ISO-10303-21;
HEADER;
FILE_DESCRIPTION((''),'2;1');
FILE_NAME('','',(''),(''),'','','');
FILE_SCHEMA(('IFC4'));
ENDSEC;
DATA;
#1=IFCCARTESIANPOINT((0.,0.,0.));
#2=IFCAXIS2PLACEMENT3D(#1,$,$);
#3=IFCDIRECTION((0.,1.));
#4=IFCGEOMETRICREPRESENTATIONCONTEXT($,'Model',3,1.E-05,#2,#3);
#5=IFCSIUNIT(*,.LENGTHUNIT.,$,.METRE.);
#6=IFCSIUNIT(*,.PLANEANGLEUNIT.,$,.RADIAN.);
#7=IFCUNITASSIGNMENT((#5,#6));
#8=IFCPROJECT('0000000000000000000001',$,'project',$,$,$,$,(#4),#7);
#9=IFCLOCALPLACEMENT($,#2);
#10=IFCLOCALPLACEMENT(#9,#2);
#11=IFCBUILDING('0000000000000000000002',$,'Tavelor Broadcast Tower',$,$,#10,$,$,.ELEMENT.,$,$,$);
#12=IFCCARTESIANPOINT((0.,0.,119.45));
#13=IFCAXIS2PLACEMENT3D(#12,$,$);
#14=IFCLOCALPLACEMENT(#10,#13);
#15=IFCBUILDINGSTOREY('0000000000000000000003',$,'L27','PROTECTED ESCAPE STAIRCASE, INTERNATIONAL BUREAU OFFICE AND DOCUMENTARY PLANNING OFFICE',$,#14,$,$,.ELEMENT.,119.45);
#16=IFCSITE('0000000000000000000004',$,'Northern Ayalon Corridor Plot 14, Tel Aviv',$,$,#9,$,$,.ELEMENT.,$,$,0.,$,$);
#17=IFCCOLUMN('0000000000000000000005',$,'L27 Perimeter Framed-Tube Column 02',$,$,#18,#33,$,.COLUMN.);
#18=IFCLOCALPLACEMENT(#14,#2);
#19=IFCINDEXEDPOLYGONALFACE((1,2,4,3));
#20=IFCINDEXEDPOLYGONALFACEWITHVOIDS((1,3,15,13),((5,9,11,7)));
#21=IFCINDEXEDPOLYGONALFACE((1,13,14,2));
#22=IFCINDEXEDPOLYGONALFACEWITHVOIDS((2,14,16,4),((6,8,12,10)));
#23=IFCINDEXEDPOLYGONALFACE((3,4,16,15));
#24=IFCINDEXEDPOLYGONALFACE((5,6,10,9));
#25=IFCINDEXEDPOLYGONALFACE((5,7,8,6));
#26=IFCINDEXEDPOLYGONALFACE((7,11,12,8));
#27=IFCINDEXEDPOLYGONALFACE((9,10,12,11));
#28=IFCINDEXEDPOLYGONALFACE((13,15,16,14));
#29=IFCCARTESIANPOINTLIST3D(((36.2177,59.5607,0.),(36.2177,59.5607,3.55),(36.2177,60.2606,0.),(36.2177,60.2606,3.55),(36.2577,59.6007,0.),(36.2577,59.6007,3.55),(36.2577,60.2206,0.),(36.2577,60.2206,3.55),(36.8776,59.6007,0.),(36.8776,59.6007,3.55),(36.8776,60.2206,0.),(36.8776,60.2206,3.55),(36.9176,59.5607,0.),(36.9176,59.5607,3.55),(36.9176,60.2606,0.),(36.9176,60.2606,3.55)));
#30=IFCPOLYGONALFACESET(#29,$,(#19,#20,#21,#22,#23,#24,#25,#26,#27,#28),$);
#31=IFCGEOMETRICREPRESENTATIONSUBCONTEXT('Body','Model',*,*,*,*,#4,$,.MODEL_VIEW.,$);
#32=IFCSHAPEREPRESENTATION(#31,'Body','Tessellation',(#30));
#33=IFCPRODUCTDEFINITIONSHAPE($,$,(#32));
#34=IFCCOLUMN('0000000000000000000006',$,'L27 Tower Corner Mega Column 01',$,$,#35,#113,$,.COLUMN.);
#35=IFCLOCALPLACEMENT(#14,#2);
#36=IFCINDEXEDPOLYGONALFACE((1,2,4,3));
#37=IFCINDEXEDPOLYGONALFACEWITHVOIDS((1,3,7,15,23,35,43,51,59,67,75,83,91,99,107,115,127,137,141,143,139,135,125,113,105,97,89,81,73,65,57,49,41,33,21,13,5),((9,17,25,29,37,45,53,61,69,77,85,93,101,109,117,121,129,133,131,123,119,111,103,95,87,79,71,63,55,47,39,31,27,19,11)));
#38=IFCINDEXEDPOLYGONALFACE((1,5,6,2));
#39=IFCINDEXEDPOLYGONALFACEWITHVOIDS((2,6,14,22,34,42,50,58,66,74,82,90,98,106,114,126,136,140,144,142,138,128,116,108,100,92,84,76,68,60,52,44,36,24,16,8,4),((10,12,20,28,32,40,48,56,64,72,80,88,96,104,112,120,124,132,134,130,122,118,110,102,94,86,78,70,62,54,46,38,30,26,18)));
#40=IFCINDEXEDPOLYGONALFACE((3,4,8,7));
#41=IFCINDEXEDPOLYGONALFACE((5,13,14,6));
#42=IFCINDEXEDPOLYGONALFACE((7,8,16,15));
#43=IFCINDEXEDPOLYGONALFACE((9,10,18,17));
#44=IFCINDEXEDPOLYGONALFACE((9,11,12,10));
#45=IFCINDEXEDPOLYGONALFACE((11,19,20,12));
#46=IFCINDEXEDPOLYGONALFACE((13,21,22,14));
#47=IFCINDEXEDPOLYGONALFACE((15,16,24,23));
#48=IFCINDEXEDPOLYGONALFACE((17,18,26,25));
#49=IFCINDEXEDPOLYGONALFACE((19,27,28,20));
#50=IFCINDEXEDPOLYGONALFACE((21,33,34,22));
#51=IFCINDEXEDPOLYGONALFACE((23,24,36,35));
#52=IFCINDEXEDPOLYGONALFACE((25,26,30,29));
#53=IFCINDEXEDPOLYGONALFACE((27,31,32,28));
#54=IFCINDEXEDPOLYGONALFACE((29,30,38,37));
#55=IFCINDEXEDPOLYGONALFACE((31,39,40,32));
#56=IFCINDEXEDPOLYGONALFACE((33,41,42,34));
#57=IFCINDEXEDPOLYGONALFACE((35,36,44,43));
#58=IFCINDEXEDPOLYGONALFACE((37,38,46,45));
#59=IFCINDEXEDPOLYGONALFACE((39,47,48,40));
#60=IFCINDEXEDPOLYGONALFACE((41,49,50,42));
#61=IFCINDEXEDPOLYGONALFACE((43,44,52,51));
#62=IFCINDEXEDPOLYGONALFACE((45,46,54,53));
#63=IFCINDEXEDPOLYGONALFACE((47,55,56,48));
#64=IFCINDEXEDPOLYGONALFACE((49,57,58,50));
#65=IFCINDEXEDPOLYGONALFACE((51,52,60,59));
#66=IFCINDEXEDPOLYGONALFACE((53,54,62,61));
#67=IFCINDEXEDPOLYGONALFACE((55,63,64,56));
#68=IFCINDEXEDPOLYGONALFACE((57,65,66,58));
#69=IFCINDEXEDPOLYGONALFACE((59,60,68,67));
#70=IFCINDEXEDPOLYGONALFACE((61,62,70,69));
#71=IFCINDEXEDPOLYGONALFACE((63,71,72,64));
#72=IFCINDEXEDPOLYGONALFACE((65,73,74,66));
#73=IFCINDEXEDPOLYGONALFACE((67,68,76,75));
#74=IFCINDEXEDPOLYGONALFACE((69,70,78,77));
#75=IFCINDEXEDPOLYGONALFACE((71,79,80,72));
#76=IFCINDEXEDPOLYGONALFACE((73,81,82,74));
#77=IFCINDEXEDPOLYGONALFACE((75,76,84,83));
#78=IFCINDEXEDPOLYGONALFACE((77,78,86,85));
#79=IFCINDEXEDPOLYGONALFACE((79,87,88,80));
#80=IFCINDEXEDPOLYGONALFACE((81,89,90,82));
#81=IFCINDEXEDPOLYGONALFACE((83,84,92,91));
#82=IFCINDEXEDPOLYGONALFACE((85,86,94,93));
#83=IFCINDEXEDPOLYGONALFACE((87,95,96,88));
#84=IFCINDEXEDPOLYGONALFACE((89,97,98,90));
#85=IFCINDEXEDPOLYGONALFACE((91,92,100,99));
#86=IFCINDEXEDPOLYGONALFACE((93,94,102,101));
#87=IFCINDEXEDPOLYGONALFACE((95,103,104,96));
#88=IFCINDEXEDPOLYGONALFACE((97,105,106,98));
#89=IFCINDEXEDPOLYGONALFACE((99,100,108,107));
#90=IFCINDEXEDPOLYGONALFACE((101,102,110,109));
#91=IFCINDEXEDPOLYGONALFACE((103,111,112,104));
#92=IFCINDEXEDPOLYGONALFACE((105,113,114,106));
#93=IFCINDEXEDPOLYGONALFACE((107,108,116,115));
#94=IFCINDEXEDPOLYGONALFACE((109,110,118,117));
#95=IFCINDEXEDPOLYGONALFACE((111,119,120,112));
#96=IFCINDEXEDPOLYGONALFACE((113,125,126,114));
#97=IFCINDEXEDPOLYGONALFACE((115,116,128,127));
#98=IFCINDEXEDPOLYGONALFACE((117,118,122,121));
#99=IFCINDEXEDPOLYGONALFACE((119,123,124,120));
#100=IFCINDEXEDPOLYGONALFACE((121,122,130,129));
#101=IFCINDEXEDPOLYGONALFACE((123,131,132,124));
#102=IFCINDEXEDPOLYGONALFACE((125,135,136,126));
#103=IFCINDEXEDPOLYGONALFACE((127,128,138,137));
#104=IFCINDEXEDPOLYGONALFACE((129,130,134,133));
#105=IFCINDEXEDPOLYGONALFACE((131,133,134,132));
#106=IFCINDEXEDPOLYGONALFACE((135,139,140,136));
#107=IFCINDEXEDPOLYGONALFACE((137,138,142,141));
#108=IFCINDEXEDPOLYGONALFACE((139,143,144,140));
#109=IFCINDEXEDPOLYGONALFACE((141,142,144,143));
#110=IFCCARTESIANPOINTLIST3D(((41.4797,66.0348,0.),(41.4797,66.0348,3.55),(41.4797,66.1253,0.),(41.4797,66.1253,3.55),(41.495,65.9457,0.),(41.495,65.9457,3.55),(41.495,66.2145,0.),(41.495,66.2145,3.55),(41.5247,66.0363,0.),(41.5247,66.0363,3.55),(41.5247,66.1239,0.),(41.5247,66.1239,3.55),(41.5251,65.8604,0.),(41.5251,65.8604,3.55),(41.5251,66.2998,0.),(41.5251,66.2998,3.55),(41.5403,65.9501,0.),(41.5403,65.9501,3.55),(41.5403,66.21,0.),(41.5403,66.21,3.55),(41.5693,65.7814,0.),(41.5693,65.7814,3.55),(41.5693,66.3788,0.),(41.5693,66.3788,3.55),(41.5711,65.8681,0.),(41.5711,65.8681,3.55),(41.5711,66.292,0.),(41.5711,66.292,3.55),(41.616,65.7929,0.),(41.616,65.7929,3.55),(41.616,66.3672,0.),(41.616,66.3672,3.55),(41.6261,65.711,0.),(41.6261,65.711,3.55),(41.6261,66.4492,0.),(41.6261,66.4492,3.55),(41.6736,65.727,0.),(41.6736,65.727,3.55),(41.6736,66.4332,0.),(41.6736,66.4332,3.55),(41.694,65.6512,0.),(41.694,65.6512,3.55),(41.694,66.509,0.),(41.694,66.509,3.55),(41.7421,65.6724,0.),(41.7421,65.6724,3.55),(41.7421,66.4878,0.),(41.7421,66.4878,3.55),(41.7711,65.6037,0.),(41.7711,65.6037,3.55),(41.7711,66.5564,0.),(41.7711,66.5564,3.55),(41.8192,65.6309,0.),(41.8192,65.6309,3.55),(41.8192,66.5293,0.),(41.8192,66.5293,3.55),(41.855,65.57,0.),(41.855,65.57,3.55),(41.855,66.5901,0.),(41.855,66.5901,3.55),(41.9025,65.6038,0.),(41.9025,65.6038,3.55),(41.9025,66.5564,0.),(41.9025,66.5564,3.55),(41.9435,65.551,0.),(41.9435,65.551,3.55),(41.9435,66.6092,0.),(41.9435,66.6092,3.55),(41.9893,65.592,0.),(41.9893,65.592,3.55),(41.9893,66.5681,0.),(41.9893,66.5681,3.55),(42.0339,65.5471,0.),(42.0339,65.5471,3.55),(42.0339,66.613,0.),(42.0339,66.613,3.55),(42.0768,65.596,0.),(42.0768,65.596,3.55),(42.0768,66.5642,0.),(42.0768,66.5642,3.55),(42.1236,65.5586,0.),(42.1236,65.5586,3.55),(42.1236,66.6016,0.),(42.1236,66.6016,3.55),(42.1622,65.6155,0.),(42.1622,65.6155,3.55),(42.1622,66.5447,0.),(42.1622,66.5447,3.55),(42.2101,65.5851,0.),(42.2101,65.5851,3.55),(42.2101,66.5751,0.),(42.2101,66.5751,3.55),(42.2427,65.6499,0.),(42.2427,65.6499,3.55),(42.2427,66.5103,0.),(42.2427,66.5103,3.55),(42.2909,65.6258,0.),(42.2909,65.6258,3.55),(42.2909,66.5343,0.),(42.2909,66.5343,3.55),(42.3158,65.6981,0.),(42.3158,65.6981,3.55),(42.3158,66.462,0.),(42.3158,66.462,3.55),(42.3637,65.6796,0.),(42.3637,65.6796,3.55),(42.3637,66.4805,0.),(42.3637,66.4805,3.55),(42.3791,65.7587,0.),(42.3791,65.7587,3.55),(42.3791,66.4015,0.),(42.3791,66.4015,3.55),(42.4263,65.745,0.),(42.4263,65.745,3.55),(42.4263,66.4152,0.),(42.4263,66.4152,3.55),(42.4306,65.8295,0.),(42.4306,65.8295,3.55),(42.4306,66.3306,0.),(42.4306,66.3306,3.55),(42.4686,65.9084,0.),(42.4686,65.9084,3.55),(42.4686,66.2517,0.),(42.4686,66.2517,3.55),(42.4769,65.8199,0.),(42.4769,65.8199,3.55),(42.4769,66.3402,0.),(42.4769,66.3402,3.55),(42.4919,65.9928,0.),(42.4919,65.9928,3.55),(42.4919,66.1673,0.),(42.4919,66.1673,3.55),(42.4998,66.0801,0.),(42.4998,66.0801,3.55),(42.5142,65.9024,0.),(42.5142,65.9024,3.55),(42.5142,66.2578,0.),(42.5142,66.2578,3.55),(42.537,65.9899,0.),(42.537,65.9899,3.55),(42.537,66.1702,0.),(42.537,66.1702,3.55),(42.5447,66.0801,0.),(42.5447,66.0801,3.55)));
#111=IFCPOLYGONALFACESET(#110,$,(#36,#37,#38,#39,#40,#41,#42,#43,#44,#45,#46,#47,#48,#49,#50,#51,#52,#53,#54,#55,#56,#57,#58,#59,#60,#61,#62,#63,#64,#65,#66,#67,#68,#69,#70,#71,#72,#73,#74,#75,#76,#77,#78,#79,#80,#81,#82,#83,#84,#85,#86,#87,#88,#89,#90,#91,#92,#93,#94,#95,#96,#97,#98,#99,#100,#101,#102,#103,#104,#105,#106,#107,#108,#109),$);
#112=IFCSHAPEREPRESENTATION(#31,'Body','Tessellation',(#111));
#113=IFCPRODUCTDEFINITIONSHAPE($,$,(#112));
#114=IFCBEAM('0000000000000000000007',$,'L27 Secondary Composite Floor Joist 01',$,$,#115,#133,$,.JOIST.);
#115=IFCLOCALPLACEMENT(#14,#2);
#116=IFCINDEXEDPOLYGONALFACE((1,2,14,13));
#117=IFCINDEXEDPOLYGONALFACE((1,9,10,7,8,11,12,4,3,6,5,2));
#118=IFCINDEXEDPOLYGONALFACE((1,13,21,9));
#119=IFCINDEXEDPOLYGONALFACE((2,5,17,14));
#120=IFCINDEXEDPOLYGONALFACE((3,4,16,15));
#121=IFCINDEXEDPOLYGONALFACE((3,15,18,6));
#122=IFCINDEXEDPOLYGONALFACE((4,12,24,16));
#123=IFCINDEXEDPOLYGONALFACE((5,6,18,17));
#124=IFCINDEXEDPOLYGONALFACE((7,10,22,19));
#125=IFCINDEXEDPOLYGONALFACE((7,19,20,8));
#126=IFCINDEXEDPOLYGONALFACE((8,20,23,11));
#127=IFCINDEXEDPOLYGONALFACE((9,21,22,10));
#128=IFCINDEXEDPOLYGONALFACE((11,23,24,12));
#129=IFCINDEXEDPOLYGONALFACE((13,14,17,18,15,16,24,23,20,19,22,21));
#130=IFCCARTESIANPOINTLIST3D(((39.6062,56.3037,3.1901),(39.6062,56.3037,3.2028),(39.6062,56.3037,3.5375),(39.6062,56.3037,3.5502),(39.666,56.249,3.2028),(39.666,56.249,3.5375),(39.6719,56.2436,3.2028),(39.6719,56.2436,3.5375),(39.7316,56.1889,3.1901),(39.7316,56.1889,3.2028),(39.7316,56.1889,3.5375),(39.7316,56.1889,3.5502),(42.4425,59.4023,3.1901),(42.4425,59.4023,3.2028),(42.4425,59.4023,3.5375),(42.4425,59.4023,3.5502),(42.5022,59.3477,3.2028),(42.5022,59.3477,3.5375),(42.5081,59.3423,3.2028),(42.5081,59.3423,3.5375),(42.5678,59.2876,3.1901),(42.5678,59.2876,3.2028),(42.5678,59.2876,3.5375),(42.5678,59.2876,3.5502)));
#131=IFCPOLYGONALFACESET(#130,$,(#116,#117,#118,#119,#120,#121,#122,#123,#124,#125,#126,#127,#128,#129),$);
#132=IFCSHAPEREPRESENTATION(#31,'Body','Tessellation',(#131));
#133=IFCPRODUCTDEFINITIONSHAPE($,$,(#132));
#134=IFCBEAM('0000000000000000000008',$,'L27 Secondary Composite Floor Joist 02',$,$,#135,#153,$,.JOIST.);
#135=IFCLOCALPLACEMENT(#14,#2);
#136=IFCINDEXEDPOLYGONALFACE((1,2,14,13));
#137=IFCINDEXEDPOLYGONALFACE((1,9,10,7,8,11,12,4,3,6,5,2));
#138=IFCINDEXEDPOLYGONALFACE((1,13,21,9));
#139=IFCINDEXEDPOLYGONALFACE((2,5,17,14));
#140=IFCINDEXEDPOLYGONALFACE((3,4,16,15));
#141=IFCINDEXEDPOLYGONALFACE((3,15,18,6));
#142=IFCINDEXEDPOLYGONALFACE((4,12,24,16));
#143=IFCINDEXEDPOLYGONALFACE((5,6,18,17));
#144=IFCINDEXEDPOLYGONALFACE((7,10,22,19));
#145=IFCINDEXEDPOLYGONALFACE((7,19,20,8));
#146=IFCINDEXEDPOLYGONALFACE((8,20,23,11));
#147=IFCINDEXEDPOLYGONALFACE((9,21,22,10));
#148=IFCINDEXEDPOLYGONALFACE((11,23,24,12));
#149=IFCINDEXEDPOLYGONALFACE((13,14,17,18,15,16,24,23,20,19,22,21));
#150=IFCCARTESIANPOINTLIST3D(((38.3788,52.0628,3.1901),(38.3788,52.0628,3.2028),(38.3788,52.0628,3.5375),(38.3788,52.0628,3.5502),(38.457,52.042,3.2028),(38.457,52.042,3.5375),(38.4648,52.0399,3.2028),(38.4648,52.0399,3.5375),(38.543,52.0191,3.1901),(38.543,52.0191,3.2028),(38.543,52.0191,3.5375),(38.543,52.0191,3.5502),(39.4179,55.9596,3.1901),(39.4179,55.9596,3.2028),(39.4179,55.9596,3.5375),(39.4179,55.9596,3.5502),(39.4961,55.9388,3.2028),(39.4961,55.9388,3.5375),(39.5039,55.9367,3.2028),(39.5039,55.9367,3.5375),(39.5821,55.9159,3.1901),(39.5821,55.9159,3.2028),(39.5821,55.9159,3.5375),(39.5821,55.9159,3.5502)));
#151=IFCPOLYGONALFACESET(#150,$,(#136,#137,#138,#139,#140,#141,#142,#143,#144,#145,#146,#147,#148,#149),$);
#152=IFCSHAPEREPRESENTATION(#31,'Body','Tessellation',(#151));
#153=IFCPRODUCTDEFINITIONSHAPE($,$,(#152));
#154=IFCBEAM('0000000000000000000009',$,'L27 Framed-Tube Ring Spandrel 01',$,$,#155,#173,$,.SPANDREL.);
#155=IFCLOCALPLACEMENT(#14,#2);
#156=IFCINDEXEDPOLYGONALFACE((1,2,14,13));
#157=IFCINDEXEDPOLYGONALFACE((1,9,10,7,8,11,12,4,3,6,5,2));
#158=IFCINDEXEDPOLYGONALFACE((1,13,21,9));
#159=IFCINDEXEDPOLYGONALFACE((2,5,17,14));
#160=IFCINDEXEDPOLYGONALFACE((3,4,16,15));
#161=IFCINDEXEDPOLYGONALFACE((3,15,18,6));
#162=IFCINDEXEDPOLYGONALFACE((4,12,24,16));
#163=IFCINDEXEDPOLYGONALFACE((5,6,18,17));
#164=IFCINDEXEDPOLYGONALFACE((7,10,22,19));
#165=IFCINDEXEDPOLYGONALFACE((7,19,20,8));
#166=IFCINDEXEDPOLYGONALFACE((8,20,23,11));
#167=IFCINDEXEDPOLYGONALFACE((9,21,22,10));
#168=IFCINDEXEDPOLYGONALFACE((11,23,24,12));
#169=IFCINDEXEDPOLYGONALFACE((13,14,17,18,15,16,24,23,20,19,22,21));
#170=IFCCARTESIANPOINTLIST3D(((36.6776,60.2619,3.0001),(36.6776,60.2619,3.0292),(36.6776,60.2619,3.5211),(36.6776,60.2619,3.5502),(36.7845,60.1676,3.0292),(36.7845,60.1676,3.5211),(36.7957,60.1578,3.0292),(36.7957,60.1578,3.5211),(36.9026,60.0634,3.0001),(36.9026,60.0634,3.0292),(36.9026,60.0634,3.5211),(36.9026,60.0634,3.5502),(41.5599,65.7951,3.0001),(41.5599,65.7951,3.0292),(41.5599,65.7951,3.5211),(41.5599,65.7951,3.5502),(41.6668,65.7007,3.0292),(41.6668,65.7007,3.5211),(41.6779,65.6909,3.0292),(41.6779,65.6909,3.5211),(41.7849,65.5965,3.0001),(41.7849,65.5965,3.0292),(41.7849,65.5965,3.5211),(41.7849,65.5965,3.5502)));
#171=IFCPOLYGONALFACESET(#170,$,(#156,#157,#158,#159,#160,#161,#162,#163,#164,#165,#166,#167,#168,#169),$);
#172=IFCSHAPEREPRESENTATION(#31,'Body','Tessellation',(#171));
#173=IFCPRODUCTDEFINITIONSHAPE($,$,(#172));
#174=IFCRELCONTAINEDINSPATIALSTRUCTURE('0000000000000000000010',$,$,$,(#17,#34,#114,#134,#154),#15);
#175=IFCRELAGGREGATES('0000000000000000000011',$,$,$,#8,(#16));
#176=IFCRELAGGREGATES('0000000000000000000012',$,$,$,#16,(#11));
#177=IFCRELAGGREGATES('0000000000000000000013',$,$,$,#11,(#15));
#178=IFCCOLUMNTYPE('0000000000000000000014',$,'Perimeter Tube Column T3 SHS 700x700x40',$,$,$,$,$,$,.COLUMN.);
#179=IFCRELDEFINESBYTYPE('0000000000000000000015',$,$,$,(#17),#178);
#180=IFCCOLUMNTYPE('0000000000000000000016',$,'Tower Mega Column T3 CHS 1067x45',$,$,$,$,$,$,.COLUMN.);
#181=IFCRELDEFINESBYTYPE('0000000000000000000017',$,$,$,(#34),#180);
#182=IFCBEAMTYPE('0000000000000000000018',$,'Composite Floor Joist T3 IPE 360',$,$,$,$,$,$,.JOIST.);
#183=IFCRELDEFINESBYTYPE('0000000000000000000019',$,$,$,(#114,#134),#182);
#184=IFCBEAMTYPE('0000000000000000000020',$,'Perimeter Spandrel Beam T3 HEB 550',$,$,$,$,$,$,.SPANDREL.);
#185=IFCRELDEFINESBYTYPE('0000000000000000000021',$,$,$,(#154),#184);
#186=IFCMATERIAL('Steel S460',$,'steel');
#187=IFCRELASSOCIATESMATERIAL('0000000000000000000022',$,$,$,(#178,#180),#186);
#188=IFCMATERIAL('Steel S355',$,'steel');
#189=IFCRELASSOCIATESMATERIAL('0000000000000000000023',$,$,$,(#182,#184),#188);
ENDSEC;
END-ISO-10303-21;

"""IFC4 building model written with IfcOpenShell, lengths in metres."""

from ifc_helpers import new_model, si_unit, direction, frame, origin, origin_2d, place, context, subcontext, project, spatial, hollow_rectangle, hollow_circle, i_section, extrude, material, material_profile, profile_set, type_object, element, save


model = new_model("IFC4")

# Units and contexts
model_context = context("Model", 3, precision=1e-05, world=origin(), true_north=direction((0.0, 1.0)))
body_context = subcontext(model_context, "Body", "Model", "MODEL_VIEW")
ifc_project = project(units=[si_unit("LENGTHUNIT", "METRE"), si_unit("PLANEANGLEUNIT", "RADIAN")], contexts=[model_context])

# Site, building, storey
site_placement = place(None, origin())
site = spatial("IfcSite", under=ifc_project, at=site_placement, Name="Northern Ayalon Corridor Plot 14, Tel Aviv", CompositionType="ELEMENT", RefElevation=0.0)
building_placement = place(site_placement, origin())
building = spatial("IfcBuilding", under=site, at=building_placement, Name="Tavelor Broadcast Tower", CompositionType="ELEMENT")
storey_placement = place(building_placement, frame((0.0, 0.0, 119.45)))
storey = spatial("IfcBuildingStorey", under=building, at=storey_placement, Name="L27", Description="PROTECTED ESCAPE STAIRCASE, INTERNATIONAL BUREAU OFFICE AND DOCUMENTARY PLANNING OFFICE", CompositionType="ELEMENT", Elevation=119.45)

# Columns
ifc_material_1 = material(Name="Steel S460", Category="steel")
ifc_material_profile_1 = material_profile(ifc_material_1, hollow_rectangle(XDim=0.7, YDim=0.7, WallThickness=0.04, at=origin_2d()), Name="SHS 700x700x40")
ifc_profile_set_1 = profile_set([ifc_material_profile_1], Name="Steel S460")
column_type_1 = type_object("IfcColumnType", Name="Perimeter Tube Column T3 SHS 700x700x40", PredefinedType="COLUMN", material=ifc_profile_set_1)
column_1_placement = place(storey_placement, frame((36.5676, 59.9106, 0.0), z_axis=(0.0, 0.0, 1.0), x_axis=(1.0, 0.0, 0.0)))
element("IfcColumn", 1, at=column_1_placement, inside=storey, type_object=column_type_1, Name="L27 Perimeter Framed-Tube Column 02", PredefinedType="COLUMN", context=body_context, shape_type="SweptSolid", body=[
    extrude(hollow_rectangle(XDim=0.7, YDim=0.7, WallThickness=0.04, at=origin_2d()), origin(), (0.0, 0.0, 1.0), 3.55),
])
ifc_material_profile_2 = material_profile(ifc_material_1, hollow_circle(Radius=0.5334, WallThickness=0.0449, at=origin_2d()), Name="CHS 1067x45")
ifc_profile_set_2 = profile_set([ifc_material_profile_2], Name="Steel S460")
column_type_2 = type_object("IfcColumnType", Name="Tower Mega Column T3 CHS 1067x45", PredefinedType="COLUMN", material=ifc_profile_set_2)
column_2_placement = place(storey_placement, frame((42.0112, 66.0801, 0.0), z_axis=(0.0, 0.0, 1.0), x_axis=(1.0, 0.0, 0.0)))
element("IfcColumn", 2, at=column_2_placement, inside=storey, type_object=column_type_2, Name="L27 Tower Corner Mega Column 01", PredefinedType="COLUMN", context=body_context, shape_type="SweptSolid", body=[
    extrude(hollow_circle(Radius=0.5334, WallThickness=0.0449, at=origin_2d()), origin(), (0.0, 0.0, 1.0), 3.55),
])

# Beams
ifc_material_2 = material(Name="Steel S355", Category="steel")
ifc_material_profile_3 = material_profile(ifc_material_2, i_section(OverallWidth=0.1699, OverallDepth=0.3601, WebThickness=0.0081, FlangeThickness=0.0127, at=origin_2d()), Name="IPE 360")
ifc_profile_set_3 = profile_set([ifc_material_profile_3], Name="Steel S355")
beam_type_1 = type_object("IfcBeamType", Name="Composite Floor Joist T3 IPE 360", PredefinedType="JOIST", material=ifc_profile_set_3)
beam_1_placement = place(storey_placement, frame((42.5051, 59.345, 3.3701), z_axis=(-0.675177, -0.737656, 0.0), x_axis=(0.737656, -0.675177, 0.0)))
element("IfcBeam", 3, at=beam_1_placement, inside=storey, type_object=beam_type_1, Name="L27 Secondary Composite Floor Joist 01", PredefinedType="JOIST", context=body_context, shape_type="SweptSolid", body=[
    extrude(i_section(OverallWidth=0.1699, OverallDepth=0.3601, WebThickness=0.0081, FlangeThickness=0.0127, at=origin_2d()), origin(), (0.0, 0.0, 1.0), 4.2007),
])
beam_2_placement = place(storey_placement, frame((39.5, 55.9377, 3.3701), z_axis=(-0.257648, -0.966239, 0.0), x_axis=(0.966239, -0.257648, 0.0)))
element("IfcBeam", 4, at=beam_2_placement, inside=storey, type_object=beam_type_1, Name="L27 Secondary Composite Floor Joist 02", PredefinedType="JOIST", context=body_context, shape_type="SweptSolid", body=[
    extrude(i_section(OverallWidth=0.1699, OverallDepth=0.3601, WebThickness=0.0081, FlangeThickness=0.0127, at=origin_2d()), origin(), (0.0, 0.0, 1.0), 4.033),
])
ifc_material_profile_4 = material_profile(ifc_material_2, i_section(OverallWidth=0.3, OverallDepth=0.55, WebThickness=0.0149, FlangeThickness=0.0291, at=origin_2d()), Name="HEB 550")
ifc_profile_set_4 = profile_set([ifc_material_profile_4], Name="Steel S355")
beam_type_2 = type_object("IfcBeamType", Name="Perimeter Spandrel Beam T3 HEB 550", PredefinedType="SPANDREL", material=ifc_profile_set_4)
beam_3_placement = place(storey_placement, frame((41.6724, 65.6958, 3.2751), z_axis=(-0.661628, -0.749832, 0.0), x_axis=(0.749832, -0.661628, 0.0)))
element("IfcBeam", 5, at=beam_3_placement, inside=storey, type_object=beam_type_2, Name="L27 Framed-Tube Ring Spandrel 01", PredefinedType="SPANDREL", context=body_context, shape_type="SweptSolid", body=[
    extrude(i_section(OverallWidth=0.3, OverallDepth=0.55, WebThickness=0.0149, FlangeThickness=0.0291, at=origin_2d()), origin(), (0.0, 0.0, 1.0), 7.3792),
])

save(model, "model.ifc")
